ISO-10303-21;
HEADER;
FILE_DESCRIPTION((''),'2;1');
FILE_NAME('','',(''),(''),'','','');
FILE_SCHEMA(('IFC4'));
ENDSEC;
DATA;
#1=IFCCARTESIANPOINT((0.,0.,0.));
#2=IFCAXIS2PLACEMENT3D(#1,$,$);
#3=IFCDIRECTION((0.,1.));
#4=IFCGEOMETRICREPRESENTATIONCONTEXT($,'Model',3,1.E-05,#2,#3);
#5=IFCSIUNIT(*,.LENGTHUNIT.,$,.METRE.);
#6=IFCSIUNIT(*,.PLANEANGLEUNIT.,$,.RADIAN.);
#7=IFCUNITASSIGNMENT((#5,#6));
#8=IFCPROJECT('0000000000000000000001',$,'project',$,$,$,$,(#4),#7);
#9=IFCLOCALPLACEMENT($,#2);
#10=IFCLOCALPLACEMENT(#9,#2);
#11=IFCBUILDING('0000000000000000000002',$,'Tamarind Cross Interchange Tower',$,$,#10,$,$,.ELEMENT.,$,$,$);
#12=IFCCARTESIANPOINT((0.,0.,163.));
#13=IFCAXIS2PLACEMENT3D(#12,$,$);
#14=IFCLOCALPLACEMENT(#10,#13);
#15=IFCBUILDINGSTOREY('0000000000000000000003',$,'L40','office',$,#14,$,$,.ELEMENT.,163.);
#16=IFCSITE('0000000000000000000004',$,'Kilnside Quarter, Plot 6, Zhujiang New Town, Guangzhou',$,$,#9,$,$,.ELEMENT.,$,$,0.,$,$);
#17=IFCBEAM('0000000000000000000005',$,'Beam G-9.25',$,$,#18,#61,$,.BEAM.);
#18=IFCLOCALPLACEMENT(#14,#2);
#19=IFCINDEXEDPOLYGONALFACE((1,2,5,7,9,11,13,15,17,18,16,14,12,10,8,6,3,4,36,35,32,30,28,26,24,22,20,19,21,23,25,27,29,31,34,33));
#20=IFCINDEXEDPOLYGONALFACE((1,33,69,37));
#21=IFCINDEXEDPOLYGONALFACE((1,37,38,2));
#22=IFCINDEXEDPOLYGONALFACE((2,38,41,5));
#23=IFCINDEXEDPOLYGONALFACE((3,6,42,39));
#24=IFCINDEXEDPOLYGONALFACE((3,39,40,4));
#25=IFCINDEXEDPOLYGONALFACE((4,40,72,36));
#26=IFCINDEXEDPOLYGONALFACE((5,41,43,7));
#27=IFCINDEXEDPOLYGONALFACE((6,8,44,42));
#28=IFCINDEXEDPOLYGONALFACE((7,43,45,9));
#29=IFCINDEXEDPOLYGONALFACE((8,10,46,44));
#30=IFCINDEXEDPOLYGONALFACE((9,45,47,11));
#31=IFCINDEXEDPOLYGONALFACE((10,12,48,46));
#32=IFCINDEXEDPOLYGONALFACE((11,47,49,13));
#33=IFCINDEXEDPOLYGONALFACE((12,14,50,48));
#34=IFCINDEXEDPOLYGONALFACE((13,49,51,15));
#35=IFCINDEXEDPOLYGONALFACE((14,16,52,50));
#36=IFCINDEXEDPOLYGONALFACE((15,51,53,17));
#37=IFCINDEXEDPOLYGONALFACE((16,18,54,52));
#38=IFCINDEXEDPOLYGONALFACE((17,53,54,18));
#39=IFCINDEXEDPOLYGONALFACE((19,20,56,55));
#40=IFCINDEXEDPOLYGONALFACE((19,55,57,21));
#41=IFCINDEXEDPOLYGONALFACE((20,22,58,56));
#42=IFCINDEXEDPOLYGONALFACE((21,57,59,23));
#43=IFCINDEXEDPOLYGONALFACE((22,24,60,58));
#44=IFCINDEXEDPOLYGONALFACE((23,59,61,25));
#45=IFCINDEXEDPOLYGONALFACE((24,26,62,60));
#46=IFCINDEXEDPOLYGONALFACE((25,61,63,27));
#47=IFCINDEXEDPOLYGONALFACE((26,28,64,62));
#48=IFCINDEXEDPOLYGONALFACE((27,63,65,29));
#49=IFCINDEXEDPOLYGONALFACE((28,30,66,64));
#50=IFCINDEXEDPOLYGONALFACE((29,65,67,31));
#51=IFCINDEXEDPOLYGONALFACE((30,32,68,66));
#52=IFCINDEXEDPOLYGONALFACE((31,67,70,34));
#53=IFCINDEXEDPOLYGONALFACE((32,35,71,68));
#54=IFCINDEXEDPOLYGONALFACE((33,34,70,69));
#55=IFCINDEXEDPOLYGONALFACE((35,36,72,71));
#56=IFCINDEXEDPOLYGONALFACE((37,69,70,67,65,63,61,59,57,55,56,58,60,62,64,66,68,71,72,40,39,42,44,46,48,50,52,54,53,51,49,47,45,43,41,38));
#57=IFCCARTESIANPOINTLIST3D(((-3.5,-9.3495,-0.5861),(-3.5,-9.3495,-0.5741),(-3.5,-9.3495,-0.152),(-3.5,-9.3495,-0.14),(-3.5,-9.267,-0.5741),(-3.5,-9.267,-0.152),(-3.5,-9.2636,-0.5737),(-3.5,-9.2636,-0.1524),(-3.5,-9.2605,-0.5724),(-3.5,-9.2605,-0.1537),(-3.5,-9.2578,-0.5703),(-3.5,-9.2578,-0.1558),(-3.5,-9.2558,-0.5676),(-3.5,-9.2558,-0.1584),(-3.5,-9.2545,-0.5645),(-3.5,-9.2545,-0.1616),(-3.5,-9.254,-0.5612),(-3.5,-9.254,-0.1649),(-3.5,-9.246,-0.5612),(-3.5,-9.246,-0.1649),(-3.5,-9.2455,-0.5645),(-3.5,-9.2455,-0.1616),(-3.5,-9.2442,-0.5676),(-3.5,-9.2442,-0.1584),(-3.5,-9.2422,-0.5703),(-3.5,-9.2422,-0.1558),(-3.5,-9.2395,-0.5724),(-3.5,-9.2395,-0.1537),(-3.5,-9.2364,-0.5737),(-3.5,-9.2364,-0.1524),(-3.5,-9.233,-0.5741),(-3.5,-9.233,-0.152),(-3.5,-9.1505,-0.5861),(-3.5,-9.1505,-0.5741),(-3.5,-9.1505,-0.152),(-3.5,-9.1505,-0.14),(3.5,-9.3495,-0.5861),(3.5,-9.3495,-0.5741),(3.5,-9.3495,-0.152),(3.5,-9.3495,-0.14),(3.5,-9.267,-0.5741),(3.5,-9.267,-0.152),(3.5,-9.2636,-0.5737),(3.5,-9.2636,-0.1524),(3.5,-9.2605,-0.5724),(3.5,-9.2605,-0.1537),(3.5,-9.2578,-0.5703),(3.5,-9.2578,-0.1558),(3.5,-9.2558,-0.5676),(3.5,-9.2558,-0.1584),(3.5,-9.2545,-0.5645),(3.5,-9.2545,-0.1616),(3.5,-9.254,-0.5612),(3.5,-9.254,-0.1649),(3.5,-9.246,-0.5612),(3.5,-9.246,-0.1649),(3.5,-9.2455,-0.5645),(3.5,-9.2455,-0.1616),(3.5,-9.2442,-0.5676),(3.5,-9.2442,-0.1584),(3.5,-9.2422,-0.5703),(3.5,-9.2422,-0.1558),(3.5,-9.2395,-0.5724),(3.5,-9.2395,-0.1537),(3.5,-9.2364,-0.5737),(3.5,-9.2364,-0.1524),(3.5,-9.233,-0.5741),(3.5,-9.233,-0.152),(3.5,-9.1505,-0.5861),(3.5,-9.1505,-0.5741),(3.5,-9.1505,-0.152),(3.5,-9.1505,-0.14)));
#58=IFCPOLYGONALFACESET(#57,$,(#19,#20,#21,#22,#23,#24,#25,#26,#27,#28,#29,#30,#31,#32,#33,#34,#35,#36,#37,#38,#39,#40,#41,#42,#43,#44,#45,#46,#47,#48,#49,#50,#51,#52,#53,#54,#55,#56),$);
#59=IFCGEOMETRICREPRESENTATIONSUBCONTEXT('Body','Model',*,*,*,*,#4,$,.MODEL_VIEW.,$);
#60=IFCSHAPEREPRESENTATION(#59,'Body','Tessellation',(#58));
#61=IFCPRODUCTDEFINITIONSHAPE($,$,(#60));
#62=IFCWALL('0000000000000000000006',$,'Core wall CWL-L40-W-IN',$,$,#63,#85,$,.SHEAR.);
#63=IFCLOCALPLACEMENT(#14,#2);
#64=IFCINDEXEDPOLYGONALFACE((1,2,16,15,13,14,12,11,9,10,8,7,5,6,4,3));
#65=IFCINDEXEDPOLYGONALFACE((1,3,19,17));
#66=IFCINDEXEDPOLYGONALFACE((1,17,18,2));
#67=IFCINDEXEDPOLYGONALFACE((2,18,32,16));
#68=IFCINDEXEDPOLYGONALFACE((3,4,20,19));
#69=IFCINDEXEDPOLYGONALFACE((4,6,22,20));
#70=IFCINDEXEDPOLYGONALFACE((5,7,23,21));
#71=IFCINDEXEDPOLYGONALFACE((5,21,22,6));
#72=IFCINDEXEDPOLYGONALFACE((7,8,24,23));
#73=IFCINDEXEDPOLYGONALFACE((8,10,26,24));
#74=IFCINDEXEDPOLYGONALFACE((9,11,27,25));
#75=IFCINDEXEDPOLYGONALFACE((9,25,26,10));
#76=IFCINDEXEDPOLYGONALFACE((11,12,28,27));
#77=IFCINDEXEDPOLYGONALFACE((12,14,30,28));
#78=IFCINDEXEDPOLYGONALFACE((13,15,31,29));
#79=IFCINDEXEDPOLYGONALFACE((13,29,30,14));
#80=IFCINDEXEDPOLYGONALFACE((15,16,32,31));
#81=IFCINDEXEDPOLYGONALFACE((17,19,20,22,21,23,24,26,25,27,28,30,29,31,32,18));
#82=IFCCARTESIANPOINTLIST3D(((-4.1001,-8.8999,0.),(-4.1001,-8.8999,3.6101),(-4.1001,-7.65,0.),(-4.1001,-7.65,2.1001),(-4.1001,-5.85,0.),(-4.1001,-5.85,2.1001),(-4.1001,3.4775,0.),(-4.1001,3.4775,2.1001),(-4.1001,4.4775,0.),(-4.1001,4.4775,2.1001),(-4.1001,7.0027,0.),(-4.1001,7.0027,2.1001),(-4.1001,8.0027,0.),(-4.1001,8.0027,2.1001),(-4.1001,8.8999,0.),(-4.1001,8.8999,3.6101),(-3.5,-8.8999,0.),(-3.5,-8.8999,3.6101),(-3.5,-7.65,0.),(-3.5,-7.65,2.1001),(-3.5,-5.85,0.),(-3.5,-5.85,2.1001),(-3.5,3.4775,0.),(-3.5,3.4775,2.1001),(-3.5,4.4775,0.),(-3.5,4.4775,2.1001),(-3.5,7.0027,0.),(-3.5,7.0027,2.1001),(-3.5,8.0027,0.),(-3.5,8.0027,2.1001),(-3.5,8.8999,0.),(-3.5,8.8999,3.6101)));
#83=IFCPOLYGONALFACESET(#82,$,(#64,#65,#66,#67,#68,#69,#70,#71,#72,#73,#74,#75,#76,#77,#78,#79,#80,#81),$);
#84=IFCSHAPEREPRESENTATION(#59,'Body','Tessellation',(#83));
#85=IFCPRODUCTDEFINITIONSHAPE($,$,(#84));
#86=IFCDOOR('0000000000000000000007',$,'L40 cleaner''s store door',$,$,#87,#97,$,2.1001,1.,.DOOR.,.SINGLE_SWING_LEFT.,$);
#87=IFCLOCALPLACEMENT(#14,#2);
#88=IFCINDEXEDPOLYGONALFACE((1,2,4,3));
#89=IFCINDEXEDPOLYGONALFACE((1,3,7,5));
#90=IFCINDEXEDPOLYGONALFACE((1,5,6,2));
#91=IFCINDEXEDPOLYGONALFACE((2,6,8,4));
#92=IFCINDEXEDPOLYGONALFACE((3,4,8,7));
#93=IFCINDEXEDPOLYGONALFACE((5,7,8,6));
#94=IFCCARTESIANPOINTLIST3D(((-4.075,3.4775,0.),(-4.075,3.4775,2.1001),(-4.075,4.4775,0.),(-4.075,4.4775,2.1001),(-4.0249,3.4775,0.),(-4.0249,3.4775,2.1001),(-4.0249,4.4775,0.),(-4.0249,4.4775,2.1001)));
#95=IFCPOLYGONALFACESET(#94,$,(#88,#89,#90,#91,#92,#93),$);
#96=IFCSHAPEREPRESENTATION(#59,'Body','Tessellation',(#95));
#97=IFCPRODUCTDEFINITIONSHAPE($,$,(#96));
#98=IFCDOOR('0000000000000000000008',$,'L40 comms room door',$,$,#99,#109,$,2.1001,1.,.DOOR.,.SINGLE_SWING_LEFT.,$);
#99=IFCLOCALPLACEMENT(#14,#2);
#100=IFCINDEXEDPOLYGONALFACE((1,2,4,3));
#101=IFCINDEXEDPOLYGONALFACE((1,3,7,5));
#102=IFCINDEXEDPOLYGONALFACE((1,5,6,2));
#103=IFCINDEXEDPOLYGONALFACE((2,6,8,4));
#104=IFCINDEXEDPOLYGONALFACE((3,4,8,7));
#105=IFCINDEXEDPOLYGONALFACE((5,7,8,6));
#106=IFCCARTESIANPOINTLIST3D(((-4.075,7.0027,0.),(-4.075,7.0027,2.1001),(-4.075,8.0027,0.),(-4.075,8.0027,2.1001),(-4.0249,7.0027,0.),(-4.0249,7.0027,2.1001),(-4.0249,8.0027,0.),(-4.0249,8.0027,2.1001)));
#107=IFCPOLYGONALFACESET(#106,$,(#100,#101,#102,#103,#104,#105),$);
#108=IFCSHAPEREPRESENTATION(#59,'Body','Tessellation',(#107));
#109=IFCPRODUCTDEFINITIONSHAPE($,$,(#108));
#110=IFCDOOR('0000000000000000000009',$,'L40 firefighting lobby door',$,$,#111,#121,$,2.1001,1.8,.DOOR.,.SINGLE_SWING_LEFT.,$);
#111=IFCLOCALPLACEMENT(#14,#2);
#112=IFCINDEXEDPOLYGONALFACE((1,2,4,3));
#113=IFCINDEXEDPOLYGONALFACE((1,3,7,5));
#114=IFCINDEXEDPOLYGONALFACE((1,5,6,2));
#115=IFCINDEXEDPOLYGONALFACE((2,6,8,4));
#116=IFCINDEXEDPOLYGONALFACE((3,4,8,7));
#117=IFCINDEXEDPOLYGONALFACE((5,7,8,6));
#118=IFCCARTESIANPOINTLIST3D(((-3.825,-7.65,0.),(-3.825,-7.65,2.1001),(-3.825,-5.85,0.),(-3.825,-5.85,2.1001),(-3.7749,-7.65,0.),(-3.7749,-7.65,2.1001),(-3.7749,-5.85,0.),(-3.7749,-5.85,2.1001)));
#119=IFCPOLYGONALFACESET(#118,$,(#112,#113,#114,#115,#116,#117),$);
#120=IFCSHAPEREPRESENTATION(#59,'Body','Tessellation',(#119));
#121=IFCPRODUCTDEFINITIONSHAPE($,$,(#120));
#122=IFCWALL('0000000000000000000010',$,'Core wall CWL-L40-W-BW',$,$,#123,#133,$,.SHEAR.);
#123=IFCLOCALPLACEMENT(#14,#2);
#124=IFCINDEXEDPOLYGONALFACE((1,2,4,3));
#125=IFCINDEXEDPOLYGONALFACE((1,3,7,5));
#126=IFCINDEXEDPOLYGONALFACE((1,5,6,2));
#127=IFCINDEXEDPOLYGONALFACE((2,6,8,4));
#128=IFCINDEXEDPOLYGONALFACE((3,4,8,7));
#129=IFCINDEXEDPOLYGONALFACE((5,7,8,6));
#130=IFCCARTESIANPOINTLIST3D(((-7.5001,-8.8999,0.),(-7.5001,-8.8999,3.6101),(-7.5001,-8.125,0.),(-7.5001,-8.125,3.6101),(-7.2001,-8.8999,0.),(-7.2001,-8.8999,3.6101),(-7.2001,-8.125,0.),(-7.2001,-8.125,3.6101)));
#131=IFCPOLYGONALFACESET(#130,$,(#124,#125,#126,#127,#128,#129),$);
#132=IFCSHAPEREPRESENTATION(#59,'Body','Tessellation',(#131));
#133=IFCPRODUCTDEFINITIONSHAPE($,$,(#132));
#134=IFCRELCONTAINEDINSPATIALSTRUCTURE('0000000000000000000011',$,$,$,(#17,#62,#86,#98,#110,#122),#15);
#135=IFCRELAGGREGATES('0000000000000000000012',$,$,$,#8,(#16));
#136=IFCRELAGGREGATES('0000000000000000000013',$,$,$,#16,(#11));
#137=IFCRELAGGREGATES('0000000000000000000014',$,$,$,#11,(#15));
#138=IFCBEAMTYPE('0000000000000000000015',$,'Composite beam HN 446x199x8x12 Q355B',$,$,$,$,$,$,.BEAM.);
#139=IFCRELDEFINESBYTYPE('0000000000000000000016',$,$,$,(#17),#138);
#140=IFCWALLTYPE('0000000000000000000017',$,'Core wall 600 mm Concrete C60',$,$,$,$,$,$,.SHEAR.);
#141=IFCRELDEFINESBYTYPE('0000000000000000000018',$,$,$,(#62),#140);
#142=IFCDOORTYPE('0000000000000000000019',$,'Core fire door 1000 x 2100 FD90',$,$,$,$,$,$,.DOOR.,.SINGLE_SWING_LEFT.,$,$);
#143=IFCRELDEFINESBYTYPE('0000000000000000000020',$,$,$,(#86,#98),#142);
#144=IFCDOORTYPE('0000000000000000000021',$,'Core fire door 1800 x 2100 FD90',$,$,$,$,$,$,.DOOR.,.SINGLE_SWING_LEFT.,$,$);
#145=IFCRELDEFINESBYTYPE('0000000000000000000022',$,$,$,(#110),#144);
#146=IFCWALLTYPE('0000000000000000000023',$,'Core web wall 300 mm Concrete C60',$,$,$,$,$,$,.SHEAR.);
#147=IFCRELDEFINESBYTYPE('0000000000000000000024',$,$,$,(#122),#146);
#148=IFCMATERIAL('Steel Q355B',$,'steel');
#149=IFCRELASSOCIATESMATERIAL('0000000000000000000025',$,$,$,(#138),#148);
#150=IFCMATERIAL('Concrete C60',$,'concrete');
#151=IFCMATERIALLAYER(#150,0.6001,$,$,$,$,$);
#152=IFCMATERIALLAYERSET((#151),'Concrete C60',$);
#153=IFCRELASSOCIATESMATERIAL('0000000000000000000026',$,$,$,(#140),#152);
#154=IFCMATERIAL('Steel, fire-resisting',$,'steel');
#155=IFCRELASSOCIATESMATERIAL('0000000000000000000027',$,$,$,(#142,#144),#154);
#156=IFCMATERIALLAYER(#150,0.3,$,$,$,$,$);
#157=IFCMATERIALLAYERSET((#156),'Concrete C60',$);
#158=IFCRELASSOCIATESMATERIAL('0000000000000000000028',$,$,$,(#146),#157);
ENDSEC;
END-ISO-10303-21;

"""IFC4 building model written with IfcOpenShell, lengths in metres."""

from ifc_helpers import new_model, si_unit, direction, frame, frame_2d, origin, origin_2d, place, context, subcontext, project, spatial, rectangle, i_section, extrude, material, layer, layer_set, material_profile, profile_set, type_object, element, fill, save


model = new_model("IFC4")

# Units and contexts
model_context = context("Model", 3, precision=1e-05, world=origin(), true_north=direction((0.0, 1.0)))
body_context = subcontext(model_context, "Body", "Model", "MODEL_VIEW")
ifc_project = project(units=[si_unit("LENGTHUNIT", "METRE"), si_unit("PLANEANGLEUNIT", "RADIAN")], contexts=[model_context])

# Site, building, storey
site_placement = place(None, origin())
site = spatial("IfcSite", under=ifc_project, at=site_placement, Name="Kilnside Quarter, Plot 6, Zhujiang New Town, Guangzhou", CompositionType="ELEMENT", RefElevation=0.0)
building_placement = place(site_placement, origin())
building = spatial("IfcBuilding", under=site, at=building_placement, Name="Tamarind Cross Interchange Tower", CompositionType="ELEMENT")
storey_placement = place(building_placement, frame((0.0, 0.0, 163.0)))
storey = spatial("IfcBuildingStorey", under=building, at=storey_placement, Name="L40", Description="office", CompositionType="ELEMENT", Elevation=163.0)

# Beam
ifc_material_1 = material(Name="Steel Q355B", Category="steel")
ifc_material_profile = material_profile(ifc_material_1, i_section(OverallWidth=0.199, OverallDepth=0.446, WebThickness=0.0081, FlangeThickness=0.012, FilletRadius=0.0129, at=origin_2d()), Name="HN 446x199x8x12")
ifc_profile_set = profile_set([ifc_material_profile], Name="Steel Q355B")
beam_type = type_object("IfcBeamType", Name="Composite beam HN 446x199x8x12 Q355B", PredefinedType="BEAM", material=ifc_profile_set)
beam_placement = place(storey_placement, frame((-3.5, -9.25, -0.363), z_axis=(1.0, 0.0, 0.0), x_axis=(0.0, 1.0, 0.0)))
element("IfcBeam", 1, at=beam_placement, inside=storey, type_object=beam_type, Name="Beam G-9.25", PredefinedType="BEAM", context=body_context, shape_type="SweptSolid", body=[
    extrude(i_section(OverallWidth=0.199, OverallDepth=0.446, WebThickness=0.0081, FlangeThickness=0.012, FilletRadius=0.0129, at=origin_2d()), origin(), (0.0, 0.0, 1.0), 7.0),
])

# Wall, openings, doors
ifc_material_2 = material(Name="Concrete C60", Category="concrete")
ifc_layer_1 = layer(ifc_material_2, 0.6001)
ifc_layer_set_1 = layer_set([ifc_layer_1], Name="Concrete C60")
wall_type_1 = type_object("IfcWallType", Name="Core wall 600 mm Concrete C60", PredefinedType="SHEAR", material=ifc_layer_set_1)
wall_1_placement = place(storey_placement, frame((-3.8, -8.8999, 0.0), z_axis=(0.0, 0.0, 1.0), x_axis=(0.0, 1.0, 0.0)))
wall_1 = element("IfcWall", 2, at=wall_1_placement, inside=storey, type_object=wall_type_1, Name="Core wall CWL-L40-W-IN", PredefinedType="SHEAR", context=body_context, shape_type="SweptSolid", body=[
    extrude(rectangle(XDim=17.7998, YDim=0.6001, at=frame_2d((8.8999, 0.0))), origin(), (0.0, 0.0, 1.0), 3.6101),
])
opening_1_placement = place(wall_1_placement, frame((1.25, 0.0, 0.0)))
opening_1 = element("IfcOpeningElement", 3, at=opening_1_placement, cuts=wall_1, PredefinedType="OPENING", context=body_context, shape_type="SweptSolid", body=[
    extrude(rectangle(XDim=1.8, YDim=2.1001, at=frame_2d((0.8999, 1.05))), frame((0.0, 0.3101, 0.0), z_axis=(0.0, -1.0, 0.0), x_axis=(1.0, 0.0, 0.0)), (0.0, 0.0, 1.0), 0.6201),
])
opening_2_placement = place(wall_1_placement, frame((12.3774, 0.0, 0.0)))
opening_2 = element("IfcOpeningElement", 4, at=opening_2_placement, cuts=wall_1, PredefinedType="OPENING", context=body_context, shape_type="SweptSolid", body=[
    extrude(rectangle(XDim=1.0, YDim=2.1001, at=frame_2d((0.5, 1.05))), frame((0.0, 0.3101, 0.0), z_axis=(0.0, -1.0, 0.0), x_axis=(1.0, 0.0, 0.0)), (0.0, 0.0, 1.0), 0.6201),
])
opening_3_placement = place(wall_1_placement, frame((15.9026, 0.0, 0.0)))
opening_3 = element("IfcOpeningElement", 5, at=opening_3_placement, cuts=wall_1, PredefinedType="OPENING", context=body_context, shape_type="SweptSolid", body=[
    extrude(rectangle(XDim=1.0, YDim=2.1001, at=frame_2d((0.5, 1.05))), frame((0.0, 0.3101, 0.0), z_axis=(0.0, -1.0, 0.0), x_axis=(1.0, 0.0, 0.0)), (0.0, 0.0, 1.0), 0.6201),
])
ifc_material_3 = material(Name="Steel, fire-resisting", Category="steel")
door_type_1 = type_object("IfcDoorType", Name="Core fire door 1000 x 2100 FD90", OperationType="SINGLE_SWING_LEFT", PredefinedType="DOOR", material=ifc_material_3)
door_1_placement = place(opening_2_placement, origin())
door_1 = element("IfcDoor", 6, at=door_1_placement, inside=storey, type_object=door_type_1, Name="L40 cleaner's store door", OperationType="SINGLE_SWING_LEFT", OverallHeight=2.1001, OverallWidth=1.0, PredefinedType="DOOR", context=body_context, shape_type="SweptSolid", body=[
    extrude(rectangle(XDim=1.0, YDim=2.1001, at=frame_2d((0.5, 1.05))), frame((0.0, 0.2749, 0.0), z_axis=(0.0, -1.0, 0.0), x_axis=(1.0, 0.0, 0.0)), (0.0, 0.0, 1.0), 0.05),
])
fill(opening_2, door_1)
door_2_placement = place(opening_3_placement, origin())
door_2 = element("IfcDoor", 7, at=door_2_placement, inside=storey, type_object=door_type_1, Name="L40 comms room door", OperationType="SINGLE_SWING_LEFT", OverallHeight=2.1001, OverallWidth=1.0, PredefinedType="DOOR", context=body_context, shape_type="SweptSolid", body=[
    extrude(rectangle(XDim=1.0, YDim=2.1001, at=frame_2d((0.5, 1.05))), frame((0.0, 0.2749, 0.0), z_axis=(0.0, -1.0, 0.0), x_axis=(1.0, 0.0, 0.0)), (0.0, 0.0, 1.0), 0.05),
])
fill(opening_3, door_2)
door_type_2 = type_object("IfcDoorType", Name="Core fire door 1800 x 2100 FD90", OperationType="SINGLE_SWING_LEFT", PredefinedType="DOOR", material=ifc_material_3)
door_3_placement = place(opening_1_placement, origin())
door_3 = element("IfcDoor", 8, at=door_3_placement, inside=storey, type_object=door_type_2, Name="L40 firefighting lobby door", OperationType="SINGLE_SWING_LEFT", OverallHeight=2.1001, OverallWidth=1.8, PredefinedType="DOOR", context=body_context, shape_type="SweptSolid", body=[
    extrude(rectangle(XDim=1.8, YDim=2.1001, at=frame_2d((0.8999, 1.05))), frame((0.0, 0.0249, 0.0), z_axis=(0.0, -1.0, 0.0), x_axis=(1.0, 0.0, 0.0)), (0.0, 0.0, 1.0), 0.05),
])
fill(opening_1, door_3)

# Wall
ifc_layer_2 = layer(ifc_material_2, 0.3)
ifc_layer_set_2 = layer_set([ifc_layer_2], Name="Concrete C60")
wall_type_2 = type_object("IfcWallType", Name="Core web wall 300 mm Concrete C60", PredefinedType="SHEAR", material=ifc_layer_set_2)
wall_2_placement = place(storey_placement, frame((-7.3501, -8.8999, 0.0), z_axis=(0.0, 0.0, 1.0), x_axis=(0.0, 1.0, 0.0)))
element("IfcWall", 9, at=wall_2_placement, inside=storey, type_object=wall_type_2, Name="Core wall CWL-L40-W-BW", PredefinedType="SHEAR", context=body_context, shape_type="SweptSolid", body=[
    extrude(rectangle(XDim=0.7749, YDim=0.3, at=frame_2d((0.3875, 0.0))), origin(), (0.0, 0.0, 1.0), 3.6101),
])

save(model, "model.ifc")
